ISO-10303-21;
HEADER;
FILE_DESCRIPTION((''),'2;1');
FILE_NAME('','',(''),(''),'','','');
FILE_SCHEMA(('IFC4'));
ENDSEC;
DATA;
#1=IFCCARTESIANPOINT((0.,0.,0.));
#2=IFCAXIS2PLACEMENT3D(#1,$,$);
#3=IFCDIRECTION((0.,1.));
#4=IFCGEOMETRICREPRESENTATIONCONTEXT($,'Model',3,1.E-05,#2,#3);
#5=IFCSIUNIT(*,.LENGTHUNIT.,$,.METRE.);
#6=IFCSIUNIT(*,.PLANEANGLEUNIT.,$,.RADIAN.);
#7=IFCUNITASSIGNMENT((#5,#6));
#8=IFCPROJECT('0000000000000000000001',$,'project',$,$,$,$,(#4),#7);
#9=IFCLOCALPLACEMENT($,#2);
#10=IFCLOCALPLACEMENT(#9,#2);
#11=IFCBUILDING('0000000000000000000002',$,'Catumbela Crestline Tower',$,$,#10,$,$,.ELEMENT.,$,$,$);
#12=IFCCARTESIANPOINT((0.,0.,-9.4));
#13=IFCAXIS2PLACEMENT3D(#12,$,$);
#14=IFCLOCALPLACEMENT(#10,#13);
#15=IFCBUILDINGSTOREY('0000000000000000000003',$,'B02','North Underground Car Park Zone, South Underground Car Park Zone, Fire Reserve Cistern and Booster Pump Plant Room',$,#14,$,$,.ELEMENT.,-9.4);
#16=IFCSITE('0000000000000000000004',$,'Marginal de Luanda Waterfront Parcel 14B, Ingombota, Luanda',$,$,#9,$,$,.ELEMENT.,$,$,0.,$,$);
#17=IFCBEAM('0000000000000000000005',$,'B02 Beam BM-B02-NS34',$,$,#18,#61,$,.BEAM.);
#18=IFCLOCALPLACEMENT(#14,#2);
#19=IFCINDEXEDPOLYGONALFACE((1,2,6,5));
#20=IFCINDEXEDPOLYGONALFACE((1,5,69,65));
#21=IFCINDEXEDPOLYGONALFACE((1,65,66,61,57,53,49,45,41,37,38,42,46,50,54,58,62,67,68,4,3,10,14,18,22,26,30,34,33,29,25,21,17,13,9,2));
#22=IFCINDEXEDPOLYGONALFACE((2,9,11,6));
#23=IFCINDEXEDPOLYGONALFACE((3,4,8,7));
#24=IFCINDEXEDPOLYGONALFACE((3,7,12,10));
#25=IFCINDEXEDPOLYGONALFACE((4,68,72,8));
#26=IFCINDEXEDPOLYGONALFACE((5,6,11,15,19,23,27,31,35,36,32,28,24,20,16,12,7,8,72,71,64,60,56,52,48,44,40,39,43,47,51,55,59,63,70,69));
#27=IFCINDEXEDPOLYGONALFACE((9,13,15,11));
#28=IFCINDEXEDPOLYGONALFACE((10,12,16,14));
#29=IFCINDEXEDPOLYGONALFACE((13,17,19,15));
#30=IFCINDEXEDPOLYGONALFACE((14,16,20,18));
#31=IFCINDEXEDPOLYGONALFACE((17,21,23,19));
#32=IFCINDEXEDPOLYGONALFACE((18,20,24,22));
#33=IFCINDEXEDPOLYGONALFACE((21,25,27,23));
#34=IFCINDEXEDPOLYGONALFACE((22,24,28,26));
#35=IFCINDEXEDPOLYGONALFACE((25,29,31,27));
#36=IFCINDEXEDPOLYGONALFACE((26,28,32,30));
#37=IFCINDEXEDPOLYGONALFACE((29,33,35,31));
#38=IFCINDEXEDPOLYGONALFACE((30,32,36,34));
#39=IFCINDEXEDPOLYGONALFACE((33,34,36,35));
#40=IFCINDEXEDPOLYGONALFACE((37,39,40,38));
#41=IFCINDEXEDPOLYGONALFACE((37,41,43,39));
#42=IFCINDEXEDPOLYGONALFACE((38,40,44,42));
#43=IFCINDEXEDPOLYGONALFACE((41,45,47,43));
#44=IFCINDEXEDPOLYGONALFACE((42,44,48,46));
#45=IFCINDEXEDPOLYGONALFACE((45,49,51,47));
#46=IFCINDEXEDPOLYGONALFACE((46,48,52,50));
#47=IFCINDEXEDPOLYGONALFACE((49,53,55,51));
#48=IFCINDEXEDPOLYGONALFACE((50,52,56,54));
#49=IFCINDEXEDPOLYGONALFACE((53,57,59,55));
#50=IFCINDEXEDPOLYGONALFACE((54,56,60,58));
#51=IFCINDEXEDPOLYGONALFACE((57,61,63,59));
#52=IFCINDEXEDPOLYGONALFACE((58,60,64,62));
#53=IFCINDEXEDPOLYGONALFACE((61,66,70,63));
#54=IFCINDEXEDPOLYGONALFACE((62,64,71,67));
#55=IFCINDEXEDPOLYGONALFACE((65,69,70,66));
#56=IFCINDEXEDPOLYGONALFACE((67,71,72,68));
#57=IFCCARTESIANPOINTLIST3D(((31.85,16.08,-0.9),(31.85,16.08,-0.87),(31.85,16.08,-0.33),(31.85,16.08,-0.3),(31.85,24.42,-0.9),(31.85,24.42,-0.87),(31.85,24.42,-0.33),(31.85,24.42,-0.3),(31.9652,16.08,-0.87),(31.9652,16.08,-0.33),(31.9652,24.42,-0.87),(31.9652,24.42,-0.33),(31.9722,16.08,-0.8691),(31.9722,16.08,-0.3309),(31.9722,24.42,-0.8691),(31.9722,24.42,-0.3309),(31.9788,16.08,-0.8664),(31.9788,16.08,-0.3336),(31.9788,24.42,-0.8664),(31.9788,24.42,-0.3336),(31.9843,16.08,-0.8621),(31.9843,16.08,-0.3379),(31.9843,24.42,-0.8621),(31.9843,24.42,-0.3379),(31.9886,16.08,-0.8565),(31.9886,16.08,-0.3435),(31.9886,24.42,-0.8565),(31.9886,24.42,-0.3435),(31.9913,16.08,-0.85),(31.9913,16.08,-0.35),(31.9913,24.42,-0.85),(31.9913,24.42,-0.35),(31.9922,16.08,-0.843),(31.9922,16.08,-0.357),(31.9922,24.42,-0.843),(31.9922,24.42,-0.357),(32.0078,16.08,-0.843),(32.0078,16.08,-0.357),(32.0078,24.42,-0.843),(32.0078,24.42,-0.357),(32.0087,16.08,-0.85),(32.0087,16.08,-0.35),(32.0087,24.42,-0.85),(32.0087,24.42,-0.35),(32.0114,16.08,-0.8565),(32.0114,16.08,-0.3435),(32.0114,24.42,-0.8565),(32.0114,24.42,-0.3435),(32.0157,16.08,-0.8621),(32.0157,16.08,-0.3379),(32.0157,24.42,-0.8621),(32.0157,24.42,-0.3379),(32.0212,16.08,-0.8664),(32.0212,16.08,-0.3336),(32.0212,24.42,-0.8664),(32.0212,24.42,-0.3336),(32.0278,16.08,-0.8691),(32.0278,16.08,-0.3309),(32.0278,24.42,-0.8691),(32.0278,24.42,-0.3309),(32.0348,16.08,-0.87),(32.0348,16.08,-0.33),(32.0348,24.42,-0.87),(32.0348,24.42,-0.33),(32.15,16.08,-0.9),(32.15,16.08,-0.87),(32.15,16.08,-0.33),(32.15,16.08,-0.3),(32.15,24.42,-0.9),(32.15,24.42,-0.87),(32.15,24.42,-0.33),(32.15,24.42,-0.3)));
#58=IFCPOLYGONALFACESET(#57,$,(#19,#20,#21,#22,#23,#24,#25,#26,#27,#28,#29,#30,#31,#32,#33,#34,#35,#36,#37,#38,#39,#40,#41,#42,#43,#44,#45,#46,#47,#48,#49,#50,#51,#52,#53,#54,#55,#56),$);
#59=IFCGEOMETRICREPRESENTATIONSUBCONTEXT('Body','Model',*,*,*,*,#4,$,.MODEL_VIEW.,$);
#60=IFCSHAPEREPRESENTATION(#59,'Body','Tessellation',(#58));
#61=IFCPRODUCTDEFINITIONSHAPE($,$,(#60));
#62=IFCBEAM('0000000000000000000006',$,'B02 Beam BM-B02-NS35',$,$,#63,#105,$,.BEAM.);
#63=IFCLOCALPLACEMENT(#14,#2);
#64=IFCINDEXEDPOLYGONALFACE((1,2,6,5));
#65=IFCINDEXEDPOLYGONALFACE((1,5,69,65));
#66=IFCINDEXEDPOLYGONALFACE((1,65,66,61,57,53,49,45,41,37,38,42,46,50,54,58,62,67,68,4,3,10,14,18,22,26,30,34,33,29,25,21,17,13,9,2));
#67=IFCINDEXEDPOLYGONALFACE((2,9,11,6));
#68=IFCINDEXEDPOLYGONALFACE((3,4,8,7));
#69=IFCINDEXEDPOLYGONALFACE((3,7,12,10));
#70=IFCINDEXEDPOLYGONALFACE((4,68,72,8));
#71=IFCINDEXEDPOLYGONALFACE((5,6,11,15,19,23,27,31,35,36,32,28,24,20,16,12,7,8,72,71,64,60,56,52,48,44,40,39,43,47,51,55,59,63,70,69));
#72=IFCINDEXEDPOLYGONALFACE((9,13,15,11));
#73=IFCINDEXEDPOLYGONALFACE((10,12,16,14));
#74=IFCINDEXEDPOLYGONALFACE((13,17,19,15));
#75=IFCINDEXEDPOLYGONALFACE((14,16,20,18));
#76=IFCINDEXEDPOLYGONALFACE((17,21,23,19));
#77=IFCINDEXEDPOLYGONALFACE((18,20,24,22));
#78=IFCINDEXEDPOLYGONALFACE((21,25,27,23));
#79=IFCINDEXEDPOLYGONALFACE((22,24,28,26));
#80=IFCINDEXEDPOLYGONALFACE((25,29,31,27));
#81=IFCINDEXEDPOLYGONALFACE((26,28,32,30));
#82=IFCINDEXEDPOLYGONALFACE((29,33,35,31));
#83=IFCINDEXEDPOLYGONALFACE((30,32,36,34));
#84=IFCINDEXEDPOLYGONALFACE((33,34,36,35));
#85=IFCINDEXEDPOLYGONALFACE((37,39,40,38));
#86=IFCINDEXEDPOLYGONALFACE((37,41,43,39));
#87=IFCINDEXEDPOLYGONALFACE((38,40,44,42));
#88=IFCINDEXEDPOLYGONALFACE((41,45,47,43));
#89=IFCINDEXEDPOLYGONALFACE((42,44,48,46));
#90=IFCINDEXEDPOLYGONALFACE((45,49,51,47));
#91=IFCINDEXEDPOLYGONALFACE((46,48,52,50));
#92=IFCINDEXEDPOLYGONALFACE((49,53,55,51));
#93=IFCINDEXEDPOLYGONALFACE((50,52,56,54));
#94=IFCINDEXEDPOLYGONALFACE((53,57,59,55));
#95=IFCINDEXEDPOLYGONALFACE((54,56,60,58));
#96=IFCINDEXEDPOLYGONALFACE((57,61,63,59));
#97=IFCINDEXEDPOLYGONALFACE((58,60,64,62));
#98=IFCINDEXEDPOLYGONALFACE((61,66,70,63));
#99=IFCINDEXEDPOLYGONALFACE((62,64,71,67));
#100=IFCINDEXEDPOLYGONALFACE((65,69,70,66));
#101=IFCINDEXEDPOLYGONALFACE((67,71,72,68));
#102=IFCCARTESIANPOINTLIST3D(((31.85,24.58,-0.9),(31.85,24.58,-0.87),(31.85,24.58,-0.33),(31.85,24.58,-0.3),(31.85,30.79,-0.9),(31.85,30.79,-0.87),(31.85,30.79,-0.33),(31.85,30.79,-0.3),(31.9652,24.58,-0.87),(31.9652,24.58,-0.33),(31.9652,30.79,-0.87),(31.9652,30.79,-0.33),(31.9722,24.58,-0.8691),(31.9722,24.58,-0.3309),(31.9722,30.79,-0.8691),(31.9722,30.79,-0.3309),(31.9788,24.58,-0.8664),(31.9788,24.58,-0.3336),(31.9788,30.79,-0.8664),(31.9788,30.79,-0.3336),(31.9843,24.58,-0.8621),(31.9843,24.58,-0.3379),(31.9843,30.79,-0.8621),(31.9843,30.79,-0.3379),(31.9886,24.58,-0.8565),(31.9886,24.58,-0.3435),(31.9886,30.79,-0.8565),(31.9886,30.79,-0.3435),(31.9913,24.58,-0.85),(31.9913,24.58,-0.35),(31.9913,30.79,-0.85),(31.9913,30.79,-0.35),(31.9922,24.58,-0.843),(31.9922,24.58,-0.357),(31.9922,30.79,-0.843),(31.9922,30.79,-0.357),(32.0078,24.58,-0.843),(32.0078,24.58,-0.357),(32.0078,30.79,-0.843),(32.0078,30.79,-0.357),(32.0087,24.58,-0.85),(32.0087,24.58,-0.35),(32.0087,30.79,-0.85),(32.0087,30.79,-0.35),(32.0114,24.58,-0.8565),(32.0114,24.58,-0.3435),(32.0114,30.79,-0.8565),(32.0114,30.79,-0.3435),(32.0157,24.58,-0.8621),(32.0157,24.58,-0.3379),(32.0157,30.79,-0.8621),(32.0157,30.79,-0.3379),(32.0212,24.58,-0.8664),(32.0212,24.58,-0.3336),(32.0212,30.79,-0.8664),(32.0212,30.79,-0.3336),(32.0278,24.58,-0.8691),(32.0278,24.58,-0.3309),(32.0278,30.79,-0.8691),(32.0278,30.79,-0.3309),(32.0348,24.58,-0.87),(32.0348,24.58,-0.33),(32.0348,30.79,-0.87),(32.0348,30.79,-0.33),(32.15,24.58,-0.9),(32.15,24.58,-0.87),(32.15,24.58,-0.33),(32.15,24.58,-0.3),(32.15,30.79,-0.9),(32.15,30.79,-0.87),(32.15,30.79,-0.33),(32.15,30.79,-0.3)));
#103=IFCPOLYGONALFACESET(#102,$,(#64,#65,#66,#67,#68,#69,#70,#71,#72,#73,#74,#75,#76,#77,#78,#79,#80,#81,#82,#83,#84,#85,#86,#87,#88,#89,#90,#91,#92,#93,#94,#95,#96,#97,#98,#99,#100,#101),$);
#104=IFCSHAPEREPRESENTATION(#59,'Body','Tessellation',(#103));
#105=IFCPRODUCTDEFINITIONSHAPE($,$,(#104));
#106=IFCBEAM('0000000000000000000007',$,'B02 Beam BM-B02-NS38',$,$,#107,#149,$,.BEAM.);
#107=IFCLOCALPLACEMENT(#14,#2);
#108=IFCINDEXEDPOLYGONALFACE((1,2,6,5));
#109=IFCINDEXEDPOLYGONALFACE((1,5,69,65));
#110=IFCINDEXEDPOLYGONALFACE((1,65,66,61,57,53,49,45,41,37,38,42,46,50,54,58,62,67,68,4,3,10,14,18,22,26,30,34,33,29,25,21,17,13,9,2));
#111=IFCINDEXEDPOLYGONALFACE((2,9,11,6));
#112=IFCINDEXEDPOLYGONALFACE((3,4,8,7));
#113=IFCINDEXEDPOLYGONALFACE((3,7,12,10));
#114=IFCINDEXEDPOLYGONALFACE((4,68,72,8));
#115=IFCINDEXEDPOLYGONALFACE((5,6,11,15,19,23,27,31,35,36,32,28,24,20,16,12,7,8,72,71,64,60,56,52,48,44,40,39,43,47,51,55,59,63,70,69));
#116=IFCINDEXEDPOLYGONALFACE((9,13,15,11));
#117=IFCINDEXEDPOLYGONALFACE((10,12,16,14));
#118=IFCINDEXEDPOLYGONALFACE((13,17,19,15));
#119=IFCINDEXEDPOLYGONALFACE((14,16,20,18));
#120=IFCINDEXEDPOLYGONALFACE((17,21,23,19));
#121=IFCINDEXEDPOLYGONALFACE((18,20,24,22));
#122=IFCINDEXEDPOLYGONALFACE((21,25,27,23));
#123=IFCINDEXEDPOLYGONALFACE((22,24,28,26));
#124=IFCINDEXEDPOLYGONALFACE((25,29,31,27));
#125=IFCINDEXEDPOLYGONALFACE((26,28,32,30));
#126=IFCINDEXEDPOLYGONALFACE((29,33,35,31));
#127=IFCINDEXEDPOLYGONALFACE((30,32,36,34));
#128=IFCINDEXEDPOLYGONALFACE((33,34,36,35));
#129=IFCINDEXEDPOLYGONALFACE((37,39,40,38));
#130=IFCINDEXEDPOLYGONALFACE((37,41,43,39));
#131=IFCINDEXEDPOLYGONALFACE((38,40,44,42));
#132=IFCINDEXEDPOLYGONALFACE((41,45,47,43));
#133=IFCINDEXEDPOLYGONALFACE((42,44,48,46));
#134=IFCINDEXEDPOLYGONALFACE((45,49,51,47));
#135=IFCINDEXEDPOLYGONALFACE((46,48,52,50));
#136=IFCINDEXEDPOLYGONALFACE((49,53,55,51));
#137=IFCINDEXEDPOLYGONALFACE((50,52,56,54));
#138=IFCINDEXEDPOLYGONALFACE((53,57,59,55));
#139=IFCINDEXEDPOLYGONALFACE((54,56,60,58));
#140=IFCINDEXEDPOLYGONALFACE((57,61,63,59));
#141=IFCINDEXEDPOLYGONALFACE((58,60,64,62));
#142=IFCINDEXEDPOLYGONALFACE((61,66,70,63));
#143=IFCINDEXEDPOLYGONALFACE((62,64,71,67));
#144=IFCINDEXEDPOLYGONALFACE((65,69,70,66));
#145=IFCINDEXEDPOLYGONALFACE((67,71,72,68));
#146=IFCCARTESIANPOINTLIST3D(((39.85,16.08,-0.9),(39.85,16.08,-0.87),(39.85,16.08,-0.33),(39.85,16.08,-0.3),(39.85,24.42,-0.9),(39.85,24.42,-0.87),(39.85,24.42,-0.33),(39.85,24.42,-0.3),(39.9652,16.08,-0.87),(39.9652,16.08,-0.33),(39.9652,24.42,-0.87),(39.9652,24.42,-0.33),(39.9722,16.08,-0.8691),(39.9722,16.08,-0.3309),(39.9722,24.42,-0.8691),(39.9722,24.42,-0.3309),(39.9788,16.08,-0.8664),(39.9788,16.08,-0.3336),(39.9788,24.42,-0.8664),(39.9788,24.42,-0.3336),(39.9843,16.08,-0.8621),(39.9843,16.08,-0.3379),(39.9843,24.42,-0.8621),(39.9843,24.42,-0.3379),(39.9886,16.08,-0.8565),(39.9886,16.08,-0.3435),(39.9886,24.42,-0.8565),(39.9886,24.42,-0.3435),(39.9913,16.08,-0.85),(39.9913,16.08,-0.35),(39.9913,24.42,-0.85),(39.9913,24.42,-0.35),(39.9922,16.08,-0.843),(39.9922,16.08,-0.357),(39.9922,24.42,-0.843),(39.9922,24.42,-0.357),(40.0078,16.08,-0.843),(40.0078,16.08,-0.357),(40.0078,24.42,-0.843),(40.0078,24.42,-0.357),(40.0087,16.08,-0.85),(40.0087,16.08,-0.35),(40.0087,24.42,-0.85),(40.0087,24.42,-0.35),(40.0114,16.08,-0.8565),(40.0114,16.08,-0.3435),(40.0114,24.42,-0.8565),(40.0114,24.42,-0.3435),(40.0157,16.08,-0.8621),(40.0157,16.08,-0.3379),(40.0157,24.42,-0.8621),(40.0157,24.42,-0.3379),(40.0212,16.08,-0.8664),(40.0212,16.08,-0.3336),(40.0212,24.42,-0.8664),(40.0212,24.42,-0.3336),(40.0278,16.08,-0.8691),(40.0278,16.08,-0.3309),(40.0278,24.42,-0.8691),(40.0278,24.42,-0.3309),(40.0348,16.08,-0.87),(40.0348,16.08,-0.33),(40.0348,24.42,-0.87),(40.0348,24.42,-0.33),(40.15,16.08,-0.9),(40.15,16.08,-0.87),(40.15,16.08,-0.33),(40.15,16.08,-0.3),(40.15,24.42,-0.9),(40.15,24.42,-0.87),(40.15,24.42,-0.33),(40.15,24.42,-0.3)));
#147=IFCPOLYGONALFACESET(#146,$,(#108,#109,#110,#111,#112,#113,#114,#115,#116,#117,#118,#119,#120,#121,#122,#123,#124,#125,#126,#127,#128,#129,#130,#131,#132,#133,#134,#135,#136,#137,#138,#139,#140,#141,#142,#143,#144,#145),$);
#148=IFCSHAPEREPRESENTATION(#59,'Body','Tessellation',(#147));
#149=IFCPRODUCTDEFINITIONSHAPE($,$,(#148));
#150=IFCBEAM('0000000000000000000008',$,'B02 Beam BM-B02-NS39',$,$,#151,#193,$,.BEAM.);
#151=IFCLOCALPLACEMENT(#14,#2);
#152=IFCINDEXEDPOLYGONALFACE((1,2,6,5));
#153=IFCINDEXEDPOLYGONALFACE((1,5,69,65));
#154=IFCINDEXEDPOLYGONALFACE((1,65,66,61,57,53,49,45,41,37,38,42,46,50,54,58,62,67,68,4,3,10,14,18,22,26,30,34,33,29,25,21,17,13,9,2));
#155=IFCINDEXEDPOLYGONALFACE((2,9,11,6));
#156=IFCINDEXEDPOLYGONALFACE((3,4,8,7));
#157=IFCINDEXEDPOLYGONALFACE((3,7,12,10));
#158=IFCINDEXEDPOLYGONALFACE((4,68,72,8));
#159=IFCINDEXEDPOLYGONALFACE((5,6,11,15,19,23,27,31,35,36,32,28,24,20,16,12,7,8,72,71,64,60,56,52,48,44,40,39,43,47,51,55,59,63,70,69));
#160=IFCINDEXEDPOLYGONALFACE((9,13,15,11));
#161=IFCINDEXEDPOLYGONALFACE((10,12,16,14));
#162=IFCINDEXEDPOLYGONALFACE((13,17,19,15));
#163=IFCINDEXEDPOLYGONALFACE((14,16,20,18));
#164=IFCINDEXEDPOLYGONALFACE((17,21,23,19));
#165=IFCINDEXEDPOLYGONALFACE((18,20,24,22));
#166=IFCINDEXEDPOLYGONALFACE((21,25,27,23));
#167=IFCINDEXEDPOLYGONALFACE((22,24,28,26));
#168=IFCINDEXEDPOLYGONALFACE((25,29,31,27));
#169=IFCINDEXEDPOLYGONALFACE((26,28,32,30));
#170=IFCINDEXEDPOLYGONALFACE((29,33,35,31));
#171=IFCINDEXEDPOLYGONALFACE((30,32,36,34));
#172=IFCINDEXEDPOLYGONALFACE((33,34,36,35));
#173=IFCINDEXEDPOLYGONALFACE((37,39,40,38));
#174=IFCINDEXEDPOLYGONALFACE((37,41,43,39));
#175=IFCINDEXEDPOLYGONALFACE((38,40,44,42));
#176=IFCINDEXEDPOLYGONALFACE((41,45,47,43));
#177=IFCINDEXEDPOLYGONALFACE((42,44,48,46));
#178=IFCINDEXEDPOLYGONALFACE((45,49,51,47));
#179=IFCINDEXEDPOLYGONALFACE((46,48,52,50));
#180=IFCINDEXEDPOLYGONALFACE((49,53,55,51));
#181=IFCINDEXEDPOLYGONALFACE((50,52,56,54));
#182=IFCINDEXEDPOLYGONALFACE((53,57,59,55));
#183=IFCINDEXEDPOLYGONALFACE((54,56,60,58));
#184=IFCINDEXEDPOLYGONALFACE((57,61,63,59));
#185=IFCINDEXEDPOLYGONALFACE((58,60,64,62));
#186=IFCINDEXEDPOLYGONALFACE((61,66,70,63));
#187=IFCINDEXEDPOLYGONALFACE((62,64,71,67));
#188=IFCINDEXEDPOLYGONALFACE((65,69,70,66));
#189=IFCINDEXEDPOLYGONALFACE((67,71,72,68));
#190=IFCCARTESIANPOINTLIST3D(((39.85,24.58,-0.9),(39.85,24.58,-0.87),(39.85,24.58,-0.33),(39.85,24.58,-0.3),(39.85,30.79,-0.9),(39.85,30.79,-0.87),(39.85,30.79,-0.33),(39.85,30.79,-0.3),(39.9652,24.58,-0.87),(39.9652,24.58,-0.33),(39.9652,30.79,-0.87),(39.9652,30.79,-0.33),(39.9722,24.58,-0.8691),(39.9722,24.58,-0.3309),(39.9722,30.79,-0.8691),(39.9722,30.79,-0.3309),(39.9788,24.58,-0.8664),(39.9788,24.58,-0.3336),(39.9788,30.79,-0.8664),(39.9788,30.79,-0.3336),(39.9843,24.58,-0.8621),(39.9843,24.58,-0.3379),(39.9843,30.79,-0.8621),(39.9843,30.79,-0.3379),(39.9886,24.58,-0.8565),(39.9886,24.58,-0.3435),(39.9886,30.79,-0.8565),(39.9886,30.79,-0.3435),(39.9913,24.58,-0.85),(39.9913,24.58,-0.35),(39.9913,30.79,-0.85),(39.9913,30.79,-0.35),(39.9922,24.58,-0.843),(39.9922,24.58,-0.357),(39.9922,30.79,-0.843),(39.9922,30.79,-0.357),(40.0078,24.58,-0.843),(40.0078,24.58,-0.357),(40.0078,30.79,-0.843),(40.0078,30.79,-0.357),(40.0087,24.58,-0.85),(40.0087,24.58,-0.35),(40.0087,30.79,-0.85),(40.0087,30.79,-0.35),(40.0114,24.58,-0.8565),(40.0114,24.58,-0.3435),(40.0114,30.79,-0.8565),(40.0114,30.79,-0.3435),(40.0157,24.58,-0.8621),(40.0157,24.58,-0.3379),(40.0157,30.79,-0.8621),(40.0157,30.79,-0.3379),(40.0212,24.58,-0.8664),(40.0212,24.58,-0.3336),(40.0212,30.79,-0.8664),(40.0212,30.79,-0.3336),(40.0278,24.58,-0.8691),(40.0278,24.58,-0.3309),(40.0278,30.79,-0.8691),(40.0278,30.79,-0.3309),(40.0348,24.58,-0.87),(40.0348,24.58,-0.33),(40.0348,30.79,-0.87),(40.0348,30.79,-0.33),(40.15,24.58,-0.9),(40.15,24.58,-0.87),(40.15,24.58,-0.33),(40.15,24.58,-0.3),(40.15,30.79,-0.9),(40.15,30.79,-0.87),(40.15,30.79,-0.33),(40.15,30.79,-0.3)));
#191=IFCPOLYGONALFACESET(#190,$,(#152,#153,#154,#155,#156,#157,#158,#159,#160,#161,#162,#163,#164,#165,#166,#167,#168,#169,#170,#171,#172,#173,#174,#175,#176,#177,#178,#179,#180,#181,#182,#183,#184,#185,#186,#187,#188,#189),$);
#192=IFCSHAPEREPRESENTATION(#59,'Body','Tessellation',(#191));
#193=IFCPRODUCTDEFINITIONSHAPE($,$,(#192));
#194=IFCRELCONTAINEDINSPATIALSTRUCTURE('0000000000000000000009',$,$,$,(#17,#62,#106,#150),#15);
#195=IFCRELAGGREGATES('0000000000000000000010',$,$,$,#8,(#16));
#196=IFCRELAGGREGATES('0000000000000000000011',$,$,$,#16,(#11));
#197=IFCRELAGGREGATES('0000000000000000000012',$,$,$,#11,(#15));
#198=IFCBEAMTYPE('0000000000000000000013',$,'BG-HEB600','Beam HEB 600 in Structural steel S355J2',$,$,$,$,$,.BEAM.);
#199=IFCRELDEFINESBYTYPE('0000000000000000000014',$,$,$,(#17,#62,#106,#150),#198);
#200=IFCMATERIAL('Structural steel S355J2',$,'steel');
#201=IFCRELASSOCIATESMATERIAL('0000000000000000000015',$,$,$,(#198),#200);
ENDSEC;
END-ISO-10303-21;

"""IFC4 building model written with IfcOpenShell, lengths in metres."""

from ifc_helpers import new_model, si_unit, direction, frame, origin, origin_2d, place, context, subcontext, project, spatial, i_section, extrude, material, material_profile, profile_set, type_object, element, save


model = new_model("IFC4")

# Units and contexts
model_context = context("Model", 3, precision=1e-05, world=origin(), true_north=direction((0.0, 1.0)))
body_context = subcontext(model_context, "Body", "Model", "MODEL_VIEW")
ifc_project = project(units=[si_unit("LENGTHUNIT", "METRE"), si_unit("PLANEANGLEUNIT", "RADIAN")], contexts=[model_context])

# Site, building, storey
site_placement = place(None, origin())
site = spatial("IfcSite", under=ifc_project, at=site_placement, Name="Marginal de Luanda Waterfront Parcel 14B, Ingombota, Luanda", CompositionType="ELEMENT", RefElevation=0.0)
building_placement = place(site_placement, origin())
building = spatial("IfcBuilding", under=site, at=building_placement, Name="Catumbela Crestline Tower", CompositionType="ELEMENT")
storey_placement = place(building_placement, frame((0.0, 0.0, -9.4)))
storey = spatial("IfcBuildingStorey", under=building, at=storey_placement, Name="B02", Description="North Underground Car Park Zone, South Underground Car Park Zone, Fire Reserve Cistern and Booster Pump Plant Room", CompositionType="ELEMENT", Elevation=-9.4)

# Beams
ifc_material_1 = material(Name="Structural steel S355J2", Category="steel")
ifc_material_profile_1 = material_profile(ifc_material_1, i_section(OverallWidth=0.3, OverallDepth=0.6, WebThickness=0.0155, FlangeThickness=0.03, FilletRadius=0.027, at=origin_2d()), Name="HEB 600")
ifc_profile_set_1 = profile_set([ifc_material_profile_1], Name="Structural steel S355J2")
beam_type_1 = type_object("IfcBeamType", Name="BG-HEB600", Description="Beam HEB 600 in Structural steel S355J2", PredefinedType="BEAM", material=ifc_profile_set_1)
beam_1_placement = place(storey_placement, frame((32.0, 16.08, -0.6), z_axis=(0.0, 1.0, 0.0), x_axis=(-1.0, 0.0, 0.0)))
element("IfcBeam", 1, at=beam_1_placement, inside=storey, type_object=beam_type_1, Name="B02 Beam BM-B02-NS34", PredefinedType="BEAM", context=body_context, shape_type="SweptSolid", body=[
    extrude(i_section(OverallWidth=0.3, OverallDepth=0.6, WebThickness=0.0155, FlangeThickness=0.03, FilletRadius=0.027, at=origin_2d()), origin(), (0.0, 0.0, 1.0), 8.34),
])
beam_2_placement = place(storey_placement, frame((32.0, 24.58, -0.6), z_axis=(0.0, 1.0, 0.0), x_axis=(-1.0, 0.0, 0.0)))
element("IfcBeam", 2, at=beam_2_placement, inside=storey, type_object=beam_type_1, Name="B02 Beam BM-B02-NS35", PredefinedType="BEAM", context=body_context, shape_type="SweptSolid", body=[
    extrude(i_section(OverallWidth=0.3, OverallDepth=0.6, WebThickness=0.0155, FlangeThickness=0.03, FilletRadius=0.027, at=origin_2d()), origin(), (0.0, 0.0, 1.0), 6.21),
])
beam_3_placement = place(storey_placement, frame((40.0, 16.08, -0.6), z_axis=(0.0, 1.0, 0.0), x_axis=(-1.0, 0.0, 0.0)))
element("IfcBeam", 3, at=beam_3_placement, inside=storey, type_object=beam_type_1, Name="B02 Beam BM-B02-NS38", PredefinedType="BEAM", context=body_context, shape_type="SweptSolid", body=[
    extrude(i_section(OverallWidth=0.3, OverallDepth=0.6, WebThickness=0.0155, FlangeThickness=0.03, FilletRadius=0.027, at=origin_2d()), origin(), (0.0, 0.0, 1.0), 8.34),
])
beam_4_placement = place(storey_placement, frame((40.0, 24.58, -0.6), z_axis=(0.0, 1.0, 0.0), x_axis=(-1.0, 0.0, 0.0)))
element("IfcBeam", 4, at=beam_4_placement, inside=storey, type_object=beam_type_1, Name="B02 Beam BM-B02-NS39", PredefinedType="BEAM", context=body_context, shape_type="SweptSolid", body=[
    extrude(i_section(OverallWidth=0.3, OverallDepth=0.6, WebThickness=0.0155, FlangeThickness=0.03, FilletRadius=0.027, at=origin_2d()), origin(), (0.0, 0.0, 1.0), 6.21),
])

save(model, "model.ifc")
